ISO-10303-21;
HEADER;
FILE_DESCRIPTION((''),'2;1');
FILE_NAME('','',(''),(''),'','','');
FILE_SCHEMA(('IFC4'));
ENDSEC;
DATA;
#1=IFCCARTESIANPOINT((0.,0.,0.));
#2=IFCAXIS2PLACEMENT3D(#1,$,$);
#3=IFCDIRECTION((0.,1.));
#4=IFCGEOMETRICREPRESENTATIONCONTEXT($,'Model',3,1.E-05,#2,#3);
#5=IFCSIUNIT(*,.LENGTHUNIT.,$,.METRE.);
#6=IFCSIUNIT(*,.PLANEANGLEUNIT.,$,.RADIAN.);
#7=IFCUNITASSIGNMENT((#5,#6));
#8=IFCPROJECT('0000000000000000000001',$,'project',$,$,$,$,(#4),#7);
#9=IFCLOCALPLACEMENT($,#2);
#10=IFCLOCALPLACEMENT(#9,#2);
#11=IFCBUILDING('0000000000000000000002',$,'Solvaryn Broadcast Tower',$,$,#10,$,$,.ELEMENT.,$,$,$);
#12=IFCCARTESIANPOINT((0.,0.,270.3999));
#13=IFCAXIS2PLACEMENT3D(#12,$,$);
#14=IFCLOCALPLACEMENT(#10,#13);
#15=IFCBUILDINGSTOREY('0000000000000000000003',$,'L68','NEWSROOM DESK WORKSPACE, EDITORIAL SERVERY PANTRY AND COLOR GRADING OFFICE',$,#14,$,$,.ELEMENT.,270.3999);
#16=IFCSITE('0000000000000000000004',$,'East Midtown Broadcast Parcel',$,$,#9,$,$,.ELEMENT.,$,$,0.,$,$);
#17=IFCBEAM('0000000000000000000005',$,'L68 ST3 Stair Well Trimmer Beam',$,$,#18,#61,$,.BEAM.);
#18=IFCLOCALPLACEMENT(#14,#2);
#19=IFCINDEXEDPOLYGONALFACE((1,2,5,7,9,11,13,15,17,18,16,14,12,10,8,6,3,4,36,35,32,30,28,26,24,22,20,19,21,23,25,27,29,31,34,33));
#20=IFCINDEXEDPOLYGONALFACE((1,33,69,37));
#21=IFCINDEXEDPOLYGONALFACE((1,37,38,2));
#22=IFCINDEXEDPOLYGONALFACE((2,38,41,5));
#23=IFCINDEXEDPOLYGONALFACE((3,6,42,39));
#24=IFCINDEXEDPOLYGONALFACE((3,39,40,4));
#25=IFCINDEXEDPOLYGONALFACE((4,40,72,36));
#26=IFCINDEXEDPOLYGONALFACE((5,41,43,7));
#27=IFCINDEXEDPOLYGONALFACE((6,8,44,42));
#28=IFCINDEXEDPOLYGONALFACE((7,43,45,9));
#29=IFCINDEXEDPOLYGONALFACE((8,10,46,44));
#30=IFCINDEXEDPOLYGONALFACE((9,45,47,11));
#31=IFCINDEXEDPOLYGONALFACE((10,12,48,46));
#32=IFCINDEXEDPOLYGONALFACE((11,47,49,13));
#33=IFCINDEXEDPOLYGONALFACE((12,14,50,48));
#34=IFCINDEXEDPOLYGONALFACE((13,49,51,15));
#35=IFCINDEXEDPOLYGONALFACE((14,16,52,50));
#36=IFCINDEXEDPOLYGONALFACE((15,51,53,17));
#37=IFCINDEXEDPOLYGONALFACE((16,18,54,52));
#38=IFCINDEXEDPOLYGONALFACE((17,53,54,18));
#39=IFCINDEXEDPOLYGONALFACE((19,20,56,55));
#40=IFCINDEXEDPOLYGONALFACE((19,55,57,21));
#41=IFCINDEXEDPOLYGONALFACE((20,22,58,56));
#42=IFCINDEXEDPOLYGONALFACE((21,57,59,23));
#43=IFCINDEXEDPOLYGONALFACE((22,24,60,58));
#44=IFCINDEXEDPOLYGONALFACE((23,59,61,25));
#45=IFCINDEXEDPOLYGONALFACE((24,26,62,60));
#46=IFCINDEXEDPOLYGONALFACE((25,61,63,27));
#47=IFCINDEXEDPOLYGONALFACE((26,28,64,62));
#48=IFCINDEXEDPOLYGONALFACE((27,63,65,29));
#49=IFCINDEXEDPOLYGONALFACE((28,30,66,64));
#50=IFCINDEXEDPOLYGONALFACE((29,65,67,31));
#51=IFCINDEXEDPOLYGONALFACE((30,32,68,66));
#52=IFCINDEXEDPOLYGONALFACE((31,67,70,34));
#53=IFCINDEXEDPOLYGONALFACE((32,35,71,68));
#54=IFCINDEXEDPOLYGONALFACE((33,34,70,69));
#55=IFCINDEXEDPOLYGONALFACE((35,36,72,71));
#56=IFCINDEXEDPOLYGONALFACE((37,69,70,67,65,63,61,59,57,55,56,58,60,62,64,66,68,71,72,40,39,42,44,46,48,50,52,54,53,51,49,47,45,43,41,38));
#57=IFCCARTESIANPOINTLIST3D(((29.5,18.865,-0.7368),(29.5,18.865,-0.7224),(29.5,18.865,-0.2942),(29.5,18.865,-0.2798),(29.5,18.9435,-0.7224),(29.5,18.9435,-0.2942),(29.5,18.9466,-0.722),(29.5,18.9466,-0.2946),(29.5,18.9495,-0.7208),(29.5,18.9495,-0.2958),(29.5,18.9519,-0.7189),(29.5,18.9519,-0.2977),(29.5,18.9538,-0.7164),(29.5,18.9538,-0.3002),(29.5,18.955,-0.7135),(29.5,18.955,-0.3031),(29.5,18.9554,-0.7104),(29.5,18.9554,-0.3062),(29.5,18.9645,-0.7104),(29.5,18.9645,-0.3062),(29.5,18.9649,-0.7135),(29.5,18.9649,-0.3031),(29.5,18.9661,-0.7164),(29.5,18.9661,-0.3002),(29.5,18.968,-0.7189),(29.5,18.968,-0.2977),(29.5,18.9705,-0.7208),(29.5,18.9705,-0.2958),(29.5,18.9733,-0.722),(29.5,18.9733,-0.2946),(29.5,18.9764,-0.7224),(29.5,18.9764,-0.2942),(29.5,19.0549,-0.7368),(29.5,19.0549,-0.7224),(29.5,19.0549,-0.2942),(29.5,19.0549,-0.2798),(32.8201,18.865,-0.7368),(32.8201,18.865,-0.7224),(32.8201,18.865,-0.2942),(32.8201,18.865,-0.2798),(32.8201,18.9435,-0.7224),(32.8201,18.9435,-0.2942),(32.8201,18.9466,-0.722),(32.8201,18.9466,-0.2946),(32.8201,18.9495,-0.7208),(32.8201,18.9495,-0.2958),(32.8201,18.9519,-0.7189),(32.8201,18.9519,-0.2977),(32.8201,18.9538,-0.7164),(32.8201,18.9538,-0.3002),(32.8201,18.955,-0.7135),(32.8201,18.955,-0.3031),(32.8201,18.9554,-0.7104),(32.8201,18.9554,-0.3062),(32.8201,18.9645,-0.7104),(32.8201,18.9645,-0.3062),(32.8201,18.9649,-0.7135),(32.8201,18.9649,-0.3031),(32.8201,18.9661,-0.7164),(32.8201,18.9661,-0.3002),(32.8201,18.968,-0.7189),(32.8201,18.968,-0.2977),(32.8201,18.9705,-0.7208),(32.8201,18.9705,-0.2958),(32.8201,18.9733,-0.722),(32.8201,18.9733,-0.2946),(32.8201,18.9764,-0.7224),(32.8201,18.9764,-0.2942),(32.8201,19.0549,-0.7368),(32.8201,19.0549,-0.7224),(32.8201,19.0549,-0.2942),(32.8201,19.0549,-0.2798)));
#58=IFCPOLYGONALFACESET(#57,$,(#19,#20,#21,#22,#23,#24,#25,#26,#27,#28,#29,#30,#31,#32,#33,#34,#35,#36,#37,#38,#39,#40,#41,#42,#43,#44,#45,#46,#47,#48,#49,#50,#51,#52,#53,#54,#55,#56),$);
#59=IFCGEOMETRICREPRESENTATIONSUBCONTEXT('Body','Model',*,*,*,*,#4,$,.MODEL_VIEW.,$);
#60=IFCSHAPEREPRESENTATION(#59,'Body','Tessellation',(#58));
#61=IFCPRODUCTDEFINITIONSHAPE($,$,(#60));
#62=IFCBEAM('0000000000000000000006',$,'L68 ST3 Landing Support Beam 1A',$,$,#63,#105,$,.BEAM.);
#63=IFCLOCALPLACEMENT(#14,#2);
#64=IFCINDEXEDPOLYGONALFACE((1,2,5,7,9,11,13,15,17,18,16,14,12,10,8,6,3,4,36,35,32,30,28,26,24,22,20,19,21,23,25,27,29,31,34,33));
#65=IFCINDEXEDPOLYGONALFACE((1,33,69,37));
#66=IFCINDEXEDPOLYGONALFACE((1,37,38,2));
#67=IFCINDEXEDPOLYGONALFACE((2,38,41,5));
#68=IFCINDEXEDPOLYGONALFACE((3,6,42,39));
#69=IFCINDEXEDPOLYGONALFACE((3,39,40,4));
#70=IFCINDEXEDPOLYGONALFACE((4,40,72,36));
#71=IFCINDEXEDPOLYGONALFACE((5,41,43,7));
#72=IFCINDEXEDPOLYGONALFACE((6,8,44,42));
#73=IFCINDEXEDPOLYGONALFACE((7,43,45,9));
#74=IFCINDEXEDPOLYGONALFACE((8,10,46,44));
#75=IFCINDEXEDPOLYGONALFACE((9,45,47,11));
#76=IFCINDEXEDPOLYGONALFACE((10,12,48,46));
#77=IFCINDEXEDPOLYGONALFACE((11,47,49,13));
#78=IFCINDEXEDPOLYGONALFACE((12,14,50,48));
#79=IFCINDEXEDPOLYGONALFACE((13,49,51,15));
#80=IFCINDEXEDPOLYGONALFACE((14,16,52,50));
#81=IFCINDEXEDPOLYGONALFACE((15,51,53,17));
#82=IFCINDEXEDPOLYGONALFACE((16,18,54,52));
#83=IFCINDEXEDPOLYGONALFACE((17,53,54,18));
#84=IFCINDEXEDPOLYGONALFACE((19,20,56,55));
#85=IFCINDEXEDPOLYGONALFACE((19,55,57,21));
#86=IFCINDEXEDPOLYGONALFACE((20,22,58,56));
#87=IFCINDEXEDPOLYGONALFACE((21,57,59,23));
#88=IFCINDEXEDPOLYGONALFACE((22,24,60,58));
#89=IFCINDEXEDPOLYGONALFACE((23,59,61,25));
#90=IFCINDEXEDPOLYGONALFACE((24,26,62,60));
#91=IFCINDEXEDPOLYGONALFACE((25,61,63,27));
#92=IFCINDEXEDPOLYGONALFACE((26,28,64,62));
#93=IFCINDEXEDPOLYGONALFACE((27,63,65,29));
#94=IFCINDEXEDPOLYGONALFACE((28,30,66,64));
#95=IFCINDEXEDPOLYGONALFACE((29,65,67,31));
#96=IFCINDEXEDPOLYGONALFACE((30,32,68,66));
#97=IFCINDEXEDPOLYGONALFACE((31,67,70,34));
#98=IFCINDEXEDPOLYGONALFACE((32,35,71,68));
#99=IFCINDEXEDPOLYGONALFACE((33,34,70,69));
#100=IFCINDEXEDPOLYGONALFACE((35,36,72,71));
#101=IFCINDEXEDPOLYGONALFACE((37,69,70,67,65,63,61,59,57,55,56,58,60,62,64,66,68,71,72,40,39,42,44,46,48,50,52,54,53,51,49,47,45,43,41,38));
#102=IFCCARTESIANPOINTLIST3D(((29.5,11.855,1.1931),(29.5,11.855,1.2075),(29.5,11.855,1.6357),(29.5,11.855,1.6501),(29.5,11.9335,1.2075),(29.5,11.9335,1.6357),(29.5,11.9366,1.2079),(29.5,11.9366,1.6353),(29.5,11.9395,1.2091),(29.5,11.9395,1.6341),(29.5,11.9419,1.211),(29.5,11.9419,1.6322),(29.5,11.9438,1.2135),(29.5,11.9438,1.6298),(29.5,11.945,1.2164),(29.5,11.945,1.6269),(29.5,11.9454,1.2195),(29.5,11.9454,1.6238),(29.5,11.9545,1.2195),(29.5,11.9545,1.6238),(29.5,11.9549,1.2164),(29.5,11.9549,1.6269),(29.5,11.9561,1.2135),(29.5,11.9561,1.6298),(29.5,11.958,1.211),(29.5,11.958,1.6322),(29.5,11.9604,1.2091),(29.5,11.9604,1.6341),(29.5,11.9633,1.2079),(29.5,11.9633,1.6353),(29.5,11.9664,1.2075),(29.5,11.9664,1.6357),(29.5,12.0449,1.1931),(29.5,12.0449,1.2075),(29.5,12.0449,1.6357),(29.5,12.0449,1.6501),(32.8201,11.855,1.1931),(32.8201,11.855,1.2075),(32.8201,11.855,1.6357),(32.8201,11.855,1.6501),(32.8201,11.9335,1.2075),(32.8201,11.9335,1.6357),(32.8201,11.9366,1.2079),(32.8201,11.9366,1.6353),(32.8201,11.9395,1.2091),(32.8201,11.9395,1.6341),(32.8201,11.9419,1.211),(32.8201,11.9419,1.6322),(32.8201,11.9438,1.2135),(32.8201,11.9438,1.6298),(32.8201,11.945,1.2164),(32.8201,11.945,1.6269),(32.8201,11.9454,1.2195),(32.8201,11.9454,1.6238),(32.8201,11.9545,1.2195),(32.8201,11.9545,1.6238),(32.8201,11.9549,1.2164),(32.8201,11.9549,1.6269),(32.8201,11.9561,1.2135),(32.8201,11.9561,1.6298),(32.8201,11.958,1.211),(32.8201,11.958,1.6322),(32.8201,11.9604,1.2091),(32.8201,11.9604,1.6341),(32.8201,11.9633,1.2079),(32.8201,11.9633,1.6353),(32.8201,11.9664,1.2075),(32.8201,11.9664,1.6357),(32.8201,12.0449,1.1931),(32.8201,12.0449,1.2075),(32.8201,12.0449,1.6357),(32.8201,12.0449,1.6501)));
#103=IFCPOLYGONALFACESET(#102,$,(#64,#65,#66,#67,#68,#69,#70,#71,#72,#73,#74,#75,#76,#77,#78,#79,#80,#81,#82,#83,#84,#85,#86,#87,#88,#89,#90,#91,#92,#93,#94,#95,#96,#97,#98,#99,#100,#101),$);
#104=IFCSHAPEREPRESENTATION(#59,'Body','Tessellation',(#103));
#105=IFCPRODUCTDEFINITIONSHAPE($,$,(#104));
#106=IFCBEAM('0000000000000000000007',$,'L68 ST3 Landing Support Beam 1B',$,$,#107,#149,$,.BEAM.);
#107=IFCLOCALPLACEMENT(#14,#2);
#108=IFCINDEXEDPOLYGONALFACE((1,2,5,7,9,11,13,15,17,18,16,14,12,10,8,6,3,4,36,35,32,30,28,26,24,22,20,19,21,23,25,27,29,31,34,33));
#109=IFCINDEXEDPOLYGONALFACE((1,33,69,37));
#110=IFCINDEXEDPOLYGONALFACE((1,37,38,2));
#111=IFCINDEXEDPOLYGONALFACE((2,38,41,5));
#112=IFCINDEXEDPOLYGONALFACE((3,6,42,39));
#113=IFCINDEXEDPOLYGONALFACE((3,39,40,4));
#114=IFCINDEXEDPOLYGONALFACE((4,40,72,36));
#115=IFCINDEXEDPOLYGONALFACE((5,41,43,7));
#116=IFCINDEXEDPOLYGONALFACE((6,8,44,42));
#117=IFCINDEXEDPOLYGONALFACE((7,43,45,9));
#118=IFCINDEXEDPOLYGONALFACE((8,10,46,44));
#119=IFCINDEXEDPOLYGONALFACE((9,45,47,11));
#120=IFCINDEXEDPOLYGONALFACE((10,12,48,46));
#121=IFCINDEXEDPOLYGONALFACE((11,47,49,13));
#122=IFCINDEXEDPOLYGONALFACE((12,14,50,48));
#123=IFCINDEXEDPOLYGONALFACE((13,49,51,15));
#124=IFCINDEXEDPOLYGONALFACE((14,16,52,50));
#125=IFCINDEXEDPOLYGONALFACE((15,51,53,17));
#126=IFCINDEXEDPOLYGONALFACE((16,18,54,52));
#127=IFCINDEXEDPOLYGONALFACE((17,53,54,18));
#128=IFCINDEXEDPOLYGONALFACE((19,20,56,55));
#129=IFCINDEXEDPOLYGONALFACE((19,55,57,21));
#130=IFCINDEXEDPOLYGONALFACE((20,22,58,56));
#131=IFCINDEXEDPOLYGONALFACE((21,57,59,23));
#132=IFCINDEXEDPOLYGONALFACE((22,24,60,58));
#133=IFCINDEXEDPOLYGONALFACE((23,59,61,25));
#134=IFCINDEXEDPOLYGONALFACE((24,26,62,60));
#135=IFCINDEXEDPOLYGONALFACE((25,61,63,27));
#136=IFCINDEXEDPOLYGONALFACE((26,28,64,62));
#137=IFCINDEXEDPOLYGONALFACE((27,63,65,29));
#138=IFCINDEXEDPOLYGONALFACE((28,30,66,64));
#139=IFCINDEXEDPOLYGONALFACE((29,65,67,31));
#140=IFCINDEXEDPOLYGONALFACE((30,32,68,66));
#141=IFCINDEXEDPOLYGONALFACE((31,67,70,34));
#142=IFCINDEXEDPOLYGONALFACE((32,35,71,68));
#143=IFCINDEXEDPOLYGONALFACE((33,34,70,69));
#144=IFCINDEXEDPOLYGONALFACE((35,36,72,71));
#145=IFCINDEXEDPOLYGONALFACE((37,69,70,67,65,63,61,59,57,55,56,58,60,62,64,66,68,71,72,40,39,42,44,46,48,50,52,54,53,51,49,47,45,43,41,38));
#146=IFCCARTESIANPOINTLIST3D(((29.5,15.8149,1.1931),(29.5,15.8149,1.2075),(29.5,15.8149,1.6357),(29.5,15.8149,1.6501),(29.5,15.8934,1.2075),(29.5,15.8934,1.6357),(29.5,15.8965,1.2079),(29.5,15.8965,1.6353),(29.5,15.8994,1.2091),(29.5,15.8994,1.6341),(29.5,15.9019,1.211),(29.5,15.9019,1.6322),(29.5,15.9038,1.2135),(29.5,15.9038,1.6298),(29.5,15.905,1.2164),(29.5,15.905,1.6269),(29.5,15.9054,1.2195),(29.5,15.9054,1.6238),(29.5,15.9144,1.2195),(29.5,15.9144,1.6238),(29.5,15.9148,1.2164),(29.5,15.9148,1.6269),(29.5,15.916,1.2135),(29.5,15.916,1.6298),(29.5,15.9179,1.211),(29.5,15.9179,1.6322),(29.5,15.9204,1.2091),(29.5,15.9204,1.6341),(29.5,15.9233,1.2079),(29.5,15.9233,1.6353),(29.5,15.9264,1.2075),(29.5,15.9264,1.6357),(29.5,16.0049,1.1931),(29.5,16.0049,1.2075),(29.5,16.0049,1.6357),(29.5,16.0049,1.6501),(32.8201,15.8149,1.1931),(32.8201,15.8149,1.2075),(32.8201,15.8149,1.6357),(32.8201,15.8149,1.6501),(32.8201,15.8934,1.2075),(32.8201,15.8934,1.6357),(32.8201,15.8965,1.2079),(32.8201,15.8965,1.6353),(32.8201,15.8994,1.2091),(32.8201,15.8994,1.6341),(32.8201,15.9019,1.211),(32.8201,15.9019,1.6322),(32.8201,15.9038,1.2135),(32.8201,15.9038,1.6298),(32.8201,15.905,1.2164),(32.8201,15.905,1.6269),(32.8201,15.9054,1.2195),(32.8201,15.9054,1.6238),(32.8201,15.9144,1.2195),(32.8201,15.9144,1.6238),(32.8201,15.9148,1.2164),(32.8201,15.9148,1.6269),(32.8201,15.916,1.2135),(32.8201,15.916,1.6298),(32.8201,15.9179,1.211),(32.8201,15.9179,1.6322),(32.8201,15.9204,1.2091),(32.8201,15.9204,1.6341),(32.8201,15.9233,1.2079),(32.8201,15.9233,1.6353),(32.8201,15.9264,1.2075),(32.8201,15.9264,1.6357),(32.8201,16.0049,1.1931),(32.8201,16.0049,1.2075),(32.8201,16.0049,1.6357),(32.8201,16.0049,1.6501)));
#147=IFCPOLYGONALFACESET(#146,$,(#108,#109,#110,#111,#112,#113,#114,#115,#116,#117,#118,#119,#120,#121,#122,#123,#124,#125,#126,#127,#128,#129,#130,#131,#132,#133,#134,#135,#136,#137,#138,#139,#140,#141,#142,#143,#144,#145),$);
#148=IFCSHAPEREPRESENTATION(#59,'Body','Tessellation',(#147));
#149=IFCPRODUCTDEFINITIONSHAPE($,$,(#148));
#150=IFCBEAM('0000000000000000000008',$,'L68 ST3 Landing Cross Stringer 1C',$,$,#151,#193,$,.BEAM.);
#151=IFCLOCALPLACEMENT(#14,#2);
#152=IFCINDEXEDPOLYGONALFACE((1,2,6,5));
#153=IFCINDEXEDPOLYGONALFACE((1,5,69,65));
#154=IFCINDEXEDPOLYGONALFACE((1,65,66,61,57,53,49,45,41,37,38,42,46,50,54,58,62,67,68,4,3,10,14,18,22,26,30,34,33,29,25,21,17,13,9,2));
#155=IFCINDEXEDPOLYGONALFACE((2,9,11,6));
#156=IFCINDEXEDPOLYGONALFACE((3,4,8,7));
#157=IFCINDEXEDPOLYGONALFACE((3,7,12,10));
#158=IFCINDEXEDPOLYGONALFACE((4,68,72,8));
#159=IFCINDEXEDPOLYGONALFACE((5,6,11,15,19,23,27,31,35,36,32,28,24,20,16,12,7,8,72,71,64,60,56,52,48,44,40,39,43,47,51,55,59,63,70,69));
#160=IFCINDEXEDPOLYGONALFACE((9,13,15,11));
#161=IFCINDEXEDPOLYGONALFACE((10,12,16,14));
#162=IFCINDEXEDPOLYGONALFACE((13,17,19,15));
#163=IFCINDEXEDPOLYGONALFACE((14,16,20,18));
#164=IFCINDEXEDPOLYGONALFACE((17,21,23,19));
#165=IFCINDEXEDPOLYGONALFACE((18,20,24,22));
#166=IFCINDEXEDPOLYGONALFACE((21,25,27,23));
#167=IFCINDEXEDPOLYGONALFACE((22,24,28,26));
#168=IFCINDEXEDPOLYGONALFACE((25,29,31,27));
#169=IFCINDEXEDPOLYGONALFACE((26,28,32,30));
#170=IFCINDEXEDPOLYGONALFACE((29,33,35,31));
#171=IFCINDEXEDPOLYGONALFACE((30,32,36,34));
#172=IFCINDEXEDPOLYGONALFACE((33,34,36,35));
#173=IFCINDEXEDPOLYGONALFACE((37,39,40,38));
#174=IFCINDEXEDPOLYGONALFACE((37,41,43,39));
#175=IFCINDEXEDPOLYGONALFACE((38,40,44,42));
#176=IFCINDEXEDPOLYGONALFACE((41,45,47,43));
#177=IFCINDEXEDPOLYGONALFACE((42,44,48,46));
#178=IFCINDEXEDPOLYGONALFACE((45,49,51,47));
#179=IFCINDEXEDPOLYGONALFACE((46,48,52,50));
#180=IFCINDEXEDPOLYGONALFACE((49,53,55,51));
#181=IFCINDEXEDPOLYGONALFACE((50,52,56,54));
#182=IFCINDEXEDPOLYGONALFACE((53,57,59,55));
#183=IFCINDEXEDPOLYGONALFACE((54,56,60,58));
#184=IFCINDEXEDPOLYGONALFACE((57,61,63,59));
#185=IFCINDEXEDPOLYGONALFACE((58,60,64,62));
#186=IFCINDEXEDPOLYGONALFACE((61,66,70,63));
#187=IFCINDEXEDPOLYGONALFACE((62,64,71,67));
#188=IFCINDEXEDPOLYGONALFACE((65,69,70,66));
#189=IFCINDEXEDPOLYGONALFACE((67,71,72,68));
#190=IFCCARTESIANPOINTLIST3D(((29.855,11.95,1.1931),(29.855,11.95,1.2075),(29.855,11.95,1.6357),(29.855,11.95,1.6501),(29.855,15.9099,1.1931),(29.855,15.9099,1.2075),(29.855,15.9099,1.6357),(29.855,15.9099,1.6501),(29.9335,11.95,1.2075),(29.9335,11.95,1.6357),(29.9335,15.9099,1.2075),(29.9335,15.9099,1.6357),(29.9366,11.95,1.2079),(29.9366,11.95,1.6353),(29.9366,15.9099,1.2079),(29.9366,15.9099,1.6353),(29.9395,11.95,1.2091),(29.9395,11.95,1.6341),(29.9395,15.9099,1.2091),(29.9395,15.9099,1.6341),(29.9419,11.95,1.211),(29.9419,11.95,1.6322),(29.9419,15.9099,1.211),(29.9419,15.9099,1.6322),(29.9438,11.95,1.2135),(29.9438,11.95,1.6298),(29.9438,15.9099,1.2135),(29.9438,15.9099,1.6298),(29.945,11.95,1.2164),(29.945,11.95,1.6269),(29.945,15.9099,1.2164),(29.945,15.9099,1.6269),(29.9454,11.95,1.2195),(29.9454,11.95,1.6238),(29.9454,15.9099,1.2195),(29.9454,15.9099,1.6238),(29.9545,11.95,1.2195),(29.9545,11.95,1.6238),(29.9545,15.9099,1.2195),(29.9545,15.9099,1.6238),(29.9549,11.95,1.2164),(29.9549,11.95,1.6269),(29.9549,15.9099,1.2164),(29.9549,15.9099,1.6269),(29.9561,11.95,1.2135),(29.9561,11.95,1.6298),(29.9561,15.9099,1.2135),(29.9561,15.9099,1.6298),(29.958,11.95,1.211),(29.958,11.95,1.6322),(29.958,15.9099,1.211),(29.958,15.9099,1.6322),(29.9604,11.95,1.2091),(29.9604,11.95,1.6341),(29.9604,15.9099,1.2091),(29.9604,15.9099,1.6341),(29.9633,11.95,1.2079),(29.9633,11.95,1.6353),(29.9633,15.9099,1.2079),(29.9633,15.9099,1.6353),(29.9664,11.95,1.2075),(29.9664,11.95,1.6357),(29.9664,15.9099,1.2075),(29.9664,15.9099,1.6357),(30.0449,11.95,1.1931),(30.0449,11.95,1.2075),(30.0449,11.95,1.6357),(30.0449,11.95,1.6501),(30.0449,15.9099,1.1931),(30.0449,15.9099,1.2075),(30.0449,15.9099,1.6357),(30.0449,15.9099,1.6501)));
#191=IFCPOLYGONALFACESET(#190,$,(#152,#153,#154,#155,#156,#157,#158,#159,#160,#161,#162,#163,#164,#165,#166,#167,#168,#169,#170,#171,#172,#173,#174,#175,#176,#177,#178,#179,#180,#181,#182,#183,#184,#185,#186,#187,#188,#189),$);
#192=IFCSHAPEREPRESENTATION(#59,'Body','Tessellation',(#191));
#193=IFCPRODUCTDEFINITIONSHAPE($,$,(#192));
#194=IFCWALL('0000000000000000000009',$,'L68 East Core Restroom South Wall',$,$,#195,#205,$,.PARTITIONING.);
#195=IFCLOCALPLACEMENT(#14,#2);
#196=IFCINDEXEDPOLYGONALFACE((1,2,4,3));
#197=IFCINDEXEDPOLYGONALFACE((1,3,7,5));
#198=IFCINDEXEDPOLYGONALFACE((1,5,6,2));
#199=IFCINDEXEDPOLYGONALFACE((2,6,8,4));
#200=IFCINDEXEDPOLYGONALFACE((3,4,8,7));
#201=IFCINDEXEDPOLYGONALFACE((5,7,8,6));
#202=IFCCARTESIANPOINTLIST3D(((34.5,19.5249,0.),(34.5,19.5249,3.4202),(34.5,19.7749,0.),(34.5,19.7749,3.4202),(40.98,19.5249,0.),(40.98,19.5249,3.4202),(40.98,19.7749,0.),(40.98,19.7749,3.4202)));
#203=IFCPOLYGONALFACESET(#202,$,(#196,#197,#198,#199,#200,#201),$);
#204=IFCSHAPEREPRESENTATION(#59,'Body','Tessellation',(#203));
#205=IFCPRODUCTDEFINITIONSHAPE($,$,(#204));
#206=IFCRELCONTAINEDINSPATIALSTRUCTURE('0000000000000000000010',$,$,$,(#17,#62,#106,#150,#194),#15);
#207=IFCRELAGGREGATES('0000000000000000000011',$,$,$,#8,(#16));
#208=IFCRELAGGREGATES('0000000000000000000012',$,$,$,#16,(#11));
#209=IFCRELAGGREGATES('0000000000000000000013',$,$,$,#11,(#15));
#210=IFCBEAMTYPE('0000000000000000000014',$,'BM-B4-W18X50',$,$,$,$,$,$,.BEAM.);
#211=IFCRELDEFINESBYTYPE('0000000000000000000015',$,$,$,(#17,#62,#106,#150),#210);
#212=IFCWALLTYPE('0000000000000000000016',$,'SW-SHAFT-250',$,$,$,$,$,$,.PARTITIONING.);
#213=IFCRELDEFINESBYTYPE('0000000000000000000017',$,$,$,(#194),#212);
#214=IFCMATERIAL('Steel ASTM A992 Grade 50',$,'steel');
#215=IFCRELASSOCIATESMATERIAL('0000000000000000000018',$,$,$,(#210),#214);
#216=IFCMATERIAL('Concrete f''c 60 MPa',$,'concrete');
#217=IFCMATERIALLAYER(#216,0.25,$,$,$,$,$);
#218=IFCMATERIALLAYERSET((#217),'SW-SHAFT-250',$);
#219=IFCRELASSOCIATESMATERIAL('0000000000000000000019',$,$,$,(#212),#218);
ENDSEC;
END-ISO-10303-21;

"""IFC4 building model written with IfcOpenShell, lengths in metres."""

from ifc_helpers import new_model, si_unit, direction, frame, frame_2d, origin, origin_2d, place, context, subcontext, project, spatial, rectangle, i_section, extrude, material, layer, layer_set, material_profile, profile_set, type_object, element, save


model = new_model("IFC4")

# Units and contexts
model_context = context("Model", 3, precision=1e-05, world=origin(), true_north=direction((0.0, 1.0)))
body_context = subcontext(model_context, "Body", "Model", "MODEL_VIEW")
ifc_project = project(units=[si_unit("LENGTHUNIT", "METRE"), si_unit("PLANEANGLEUNIT", "RADIAN")], contexts=[model_context])

# Site, building, storey
site_placement = place(None, origin())
site = spatial("IfcSite", under=ifc_project, at=site_placement, Name="East Midtown Broadcast Parcel", CompositionType="ELEMENT", RefElevation=0.0)
building_placement = place(site_placement, origin())
building = spatial("IfcBuilding", under=site, at=building_placement, Name="Solvaryn Broadcast Tower", CompositionType="ELEMENT")
storey_placement = place(building_placement, frame((0.0, 0.0, 270.3999)))
storey = spatial("IfcBuildingStorey", under=building, at=storey_placement, Name="L68", Description="NEWSROOM DESK WORKSPACE, EDITORIAL SERVERY PANTRY AND COLOR GRADING OFFICE", CompositionType="ELEMENT", Elevation=270.3999)

# Beams
ifc_material_1 = material(Name="Steel ASTM A992 Grade 50", Category="steel")
ifc_material_profile_1 = material_profile(ifc_material_1, i_section(OverallWidth=0.1899, OverallDepth=0.457, WebThickness=0.009, FlangeThickness=0.0144, FilletRadius=0.012, at=origin_2d()))
ifc_profile_set_1 = profile_set([ifc_material_profile_1], Name="Steel ASTM A992 Grade 50")
beam_type_1 = type_object("IfcBeamType", Name="BM-B4-W18X50", PredefinedType="BEAM", material=ifc_profile_set_1)
for number, where, z_axis, x_axis, name in (
    (1, (29.5, 18.96, -0.5083), (1.0, 0.0, 0.0), (0.0, 1.0, 0.0), "L68 ST3 Stair Well Trimmer Beam"),
    (2, (29.5, 11.95, 1.4216), (1.0, 0.0, 0.0), (0.0, 1.0, 0.0), "L68 ST3 Landing Support Beam 1A"),
    (3, (29.5, 15.9099, 1.4216), (1.0, 0.0, 0.0), (0.0, 1.0, 0.0), "L68 ST3 Landing Support Beam 1B"),
):
    element("IfcBeam", number, at=place(storey_placement, frame(where, z_axis=z_axis, x_axis=x_axis)), inside=storey, type_object=beam_type_1, Name=name, PredefinedType="BEAM", context=body_context, shape_type="SweptSolid", body=[
        extrude(i_section(OverallWidth=0.1899, OverallDepth=0.457, WebThickness=0.009, FlangeThickness=0.0144, FilletRadius=0.012, at=origin_2d()), origin(), (0.0, 0.0, 1.0), 3.3201),
    ])
beam_1_placement = place(storey_placement, frame((29.95, 11.95, 1.4216), z_axis=(0.0, 1.0, 0.0), x_axis=(-1.0, 0.0, 0.0)))
element("IfcBeam", 4, at=beam_1_placement, inside=storey, type_object=beam_type_1, Name="L68 ST3 Landing Cross Stringer 1C", PredefinedType="BEAM", context=body_context, shape_type="SweptSolid", body=[
    extrude(i_section(OverallWidth=0.1899, OverallDepth=0.457, WebThickness=0.009, FlangeThickness=0.0144, FilletRadius=0.012, at=origin_2d()), origin(), (0.0, 0.0, 1.0), 3.96),
])

# Wall
ifc_material_2 = material(Name="Concrete f'c 60 MPa", Category="concrete")
ifc_layer_1 = layer(ifc_material_2, 0.25)
ifc_layer_set_1 = layer_set([ifc_layer_1], Name="SW-SHAFT-250")
wall_type_1 = type_object("IfcWallType", Name="SW-SHAFT-250", PredefinedType="PARTITIONING", material=ifc_layer_set_1)
wall_1_placement = place(storey_placement, frame((34.5, 19.6499, 0.0), z_axis=(0.0, 0.0, 1.0), x_axis=(1.0, 0.0, 0.0)))
element("IfcWall", 5, at=wall_1_placement, inside=storey, type_object=wall_type_1, Name="L68 East Core Restroom South Wall", PredefinedType="PARTITIONING", context=body_context, shape_type="SweptSolid", body=[
    extrude(rectangle(XDim=6.48, YDim=0.25, at=frame_2d((3.24, 0.0))), origin(), (0.0, 0.0, 1.0), 3.4202),
])

save(model, "model.ifc")
